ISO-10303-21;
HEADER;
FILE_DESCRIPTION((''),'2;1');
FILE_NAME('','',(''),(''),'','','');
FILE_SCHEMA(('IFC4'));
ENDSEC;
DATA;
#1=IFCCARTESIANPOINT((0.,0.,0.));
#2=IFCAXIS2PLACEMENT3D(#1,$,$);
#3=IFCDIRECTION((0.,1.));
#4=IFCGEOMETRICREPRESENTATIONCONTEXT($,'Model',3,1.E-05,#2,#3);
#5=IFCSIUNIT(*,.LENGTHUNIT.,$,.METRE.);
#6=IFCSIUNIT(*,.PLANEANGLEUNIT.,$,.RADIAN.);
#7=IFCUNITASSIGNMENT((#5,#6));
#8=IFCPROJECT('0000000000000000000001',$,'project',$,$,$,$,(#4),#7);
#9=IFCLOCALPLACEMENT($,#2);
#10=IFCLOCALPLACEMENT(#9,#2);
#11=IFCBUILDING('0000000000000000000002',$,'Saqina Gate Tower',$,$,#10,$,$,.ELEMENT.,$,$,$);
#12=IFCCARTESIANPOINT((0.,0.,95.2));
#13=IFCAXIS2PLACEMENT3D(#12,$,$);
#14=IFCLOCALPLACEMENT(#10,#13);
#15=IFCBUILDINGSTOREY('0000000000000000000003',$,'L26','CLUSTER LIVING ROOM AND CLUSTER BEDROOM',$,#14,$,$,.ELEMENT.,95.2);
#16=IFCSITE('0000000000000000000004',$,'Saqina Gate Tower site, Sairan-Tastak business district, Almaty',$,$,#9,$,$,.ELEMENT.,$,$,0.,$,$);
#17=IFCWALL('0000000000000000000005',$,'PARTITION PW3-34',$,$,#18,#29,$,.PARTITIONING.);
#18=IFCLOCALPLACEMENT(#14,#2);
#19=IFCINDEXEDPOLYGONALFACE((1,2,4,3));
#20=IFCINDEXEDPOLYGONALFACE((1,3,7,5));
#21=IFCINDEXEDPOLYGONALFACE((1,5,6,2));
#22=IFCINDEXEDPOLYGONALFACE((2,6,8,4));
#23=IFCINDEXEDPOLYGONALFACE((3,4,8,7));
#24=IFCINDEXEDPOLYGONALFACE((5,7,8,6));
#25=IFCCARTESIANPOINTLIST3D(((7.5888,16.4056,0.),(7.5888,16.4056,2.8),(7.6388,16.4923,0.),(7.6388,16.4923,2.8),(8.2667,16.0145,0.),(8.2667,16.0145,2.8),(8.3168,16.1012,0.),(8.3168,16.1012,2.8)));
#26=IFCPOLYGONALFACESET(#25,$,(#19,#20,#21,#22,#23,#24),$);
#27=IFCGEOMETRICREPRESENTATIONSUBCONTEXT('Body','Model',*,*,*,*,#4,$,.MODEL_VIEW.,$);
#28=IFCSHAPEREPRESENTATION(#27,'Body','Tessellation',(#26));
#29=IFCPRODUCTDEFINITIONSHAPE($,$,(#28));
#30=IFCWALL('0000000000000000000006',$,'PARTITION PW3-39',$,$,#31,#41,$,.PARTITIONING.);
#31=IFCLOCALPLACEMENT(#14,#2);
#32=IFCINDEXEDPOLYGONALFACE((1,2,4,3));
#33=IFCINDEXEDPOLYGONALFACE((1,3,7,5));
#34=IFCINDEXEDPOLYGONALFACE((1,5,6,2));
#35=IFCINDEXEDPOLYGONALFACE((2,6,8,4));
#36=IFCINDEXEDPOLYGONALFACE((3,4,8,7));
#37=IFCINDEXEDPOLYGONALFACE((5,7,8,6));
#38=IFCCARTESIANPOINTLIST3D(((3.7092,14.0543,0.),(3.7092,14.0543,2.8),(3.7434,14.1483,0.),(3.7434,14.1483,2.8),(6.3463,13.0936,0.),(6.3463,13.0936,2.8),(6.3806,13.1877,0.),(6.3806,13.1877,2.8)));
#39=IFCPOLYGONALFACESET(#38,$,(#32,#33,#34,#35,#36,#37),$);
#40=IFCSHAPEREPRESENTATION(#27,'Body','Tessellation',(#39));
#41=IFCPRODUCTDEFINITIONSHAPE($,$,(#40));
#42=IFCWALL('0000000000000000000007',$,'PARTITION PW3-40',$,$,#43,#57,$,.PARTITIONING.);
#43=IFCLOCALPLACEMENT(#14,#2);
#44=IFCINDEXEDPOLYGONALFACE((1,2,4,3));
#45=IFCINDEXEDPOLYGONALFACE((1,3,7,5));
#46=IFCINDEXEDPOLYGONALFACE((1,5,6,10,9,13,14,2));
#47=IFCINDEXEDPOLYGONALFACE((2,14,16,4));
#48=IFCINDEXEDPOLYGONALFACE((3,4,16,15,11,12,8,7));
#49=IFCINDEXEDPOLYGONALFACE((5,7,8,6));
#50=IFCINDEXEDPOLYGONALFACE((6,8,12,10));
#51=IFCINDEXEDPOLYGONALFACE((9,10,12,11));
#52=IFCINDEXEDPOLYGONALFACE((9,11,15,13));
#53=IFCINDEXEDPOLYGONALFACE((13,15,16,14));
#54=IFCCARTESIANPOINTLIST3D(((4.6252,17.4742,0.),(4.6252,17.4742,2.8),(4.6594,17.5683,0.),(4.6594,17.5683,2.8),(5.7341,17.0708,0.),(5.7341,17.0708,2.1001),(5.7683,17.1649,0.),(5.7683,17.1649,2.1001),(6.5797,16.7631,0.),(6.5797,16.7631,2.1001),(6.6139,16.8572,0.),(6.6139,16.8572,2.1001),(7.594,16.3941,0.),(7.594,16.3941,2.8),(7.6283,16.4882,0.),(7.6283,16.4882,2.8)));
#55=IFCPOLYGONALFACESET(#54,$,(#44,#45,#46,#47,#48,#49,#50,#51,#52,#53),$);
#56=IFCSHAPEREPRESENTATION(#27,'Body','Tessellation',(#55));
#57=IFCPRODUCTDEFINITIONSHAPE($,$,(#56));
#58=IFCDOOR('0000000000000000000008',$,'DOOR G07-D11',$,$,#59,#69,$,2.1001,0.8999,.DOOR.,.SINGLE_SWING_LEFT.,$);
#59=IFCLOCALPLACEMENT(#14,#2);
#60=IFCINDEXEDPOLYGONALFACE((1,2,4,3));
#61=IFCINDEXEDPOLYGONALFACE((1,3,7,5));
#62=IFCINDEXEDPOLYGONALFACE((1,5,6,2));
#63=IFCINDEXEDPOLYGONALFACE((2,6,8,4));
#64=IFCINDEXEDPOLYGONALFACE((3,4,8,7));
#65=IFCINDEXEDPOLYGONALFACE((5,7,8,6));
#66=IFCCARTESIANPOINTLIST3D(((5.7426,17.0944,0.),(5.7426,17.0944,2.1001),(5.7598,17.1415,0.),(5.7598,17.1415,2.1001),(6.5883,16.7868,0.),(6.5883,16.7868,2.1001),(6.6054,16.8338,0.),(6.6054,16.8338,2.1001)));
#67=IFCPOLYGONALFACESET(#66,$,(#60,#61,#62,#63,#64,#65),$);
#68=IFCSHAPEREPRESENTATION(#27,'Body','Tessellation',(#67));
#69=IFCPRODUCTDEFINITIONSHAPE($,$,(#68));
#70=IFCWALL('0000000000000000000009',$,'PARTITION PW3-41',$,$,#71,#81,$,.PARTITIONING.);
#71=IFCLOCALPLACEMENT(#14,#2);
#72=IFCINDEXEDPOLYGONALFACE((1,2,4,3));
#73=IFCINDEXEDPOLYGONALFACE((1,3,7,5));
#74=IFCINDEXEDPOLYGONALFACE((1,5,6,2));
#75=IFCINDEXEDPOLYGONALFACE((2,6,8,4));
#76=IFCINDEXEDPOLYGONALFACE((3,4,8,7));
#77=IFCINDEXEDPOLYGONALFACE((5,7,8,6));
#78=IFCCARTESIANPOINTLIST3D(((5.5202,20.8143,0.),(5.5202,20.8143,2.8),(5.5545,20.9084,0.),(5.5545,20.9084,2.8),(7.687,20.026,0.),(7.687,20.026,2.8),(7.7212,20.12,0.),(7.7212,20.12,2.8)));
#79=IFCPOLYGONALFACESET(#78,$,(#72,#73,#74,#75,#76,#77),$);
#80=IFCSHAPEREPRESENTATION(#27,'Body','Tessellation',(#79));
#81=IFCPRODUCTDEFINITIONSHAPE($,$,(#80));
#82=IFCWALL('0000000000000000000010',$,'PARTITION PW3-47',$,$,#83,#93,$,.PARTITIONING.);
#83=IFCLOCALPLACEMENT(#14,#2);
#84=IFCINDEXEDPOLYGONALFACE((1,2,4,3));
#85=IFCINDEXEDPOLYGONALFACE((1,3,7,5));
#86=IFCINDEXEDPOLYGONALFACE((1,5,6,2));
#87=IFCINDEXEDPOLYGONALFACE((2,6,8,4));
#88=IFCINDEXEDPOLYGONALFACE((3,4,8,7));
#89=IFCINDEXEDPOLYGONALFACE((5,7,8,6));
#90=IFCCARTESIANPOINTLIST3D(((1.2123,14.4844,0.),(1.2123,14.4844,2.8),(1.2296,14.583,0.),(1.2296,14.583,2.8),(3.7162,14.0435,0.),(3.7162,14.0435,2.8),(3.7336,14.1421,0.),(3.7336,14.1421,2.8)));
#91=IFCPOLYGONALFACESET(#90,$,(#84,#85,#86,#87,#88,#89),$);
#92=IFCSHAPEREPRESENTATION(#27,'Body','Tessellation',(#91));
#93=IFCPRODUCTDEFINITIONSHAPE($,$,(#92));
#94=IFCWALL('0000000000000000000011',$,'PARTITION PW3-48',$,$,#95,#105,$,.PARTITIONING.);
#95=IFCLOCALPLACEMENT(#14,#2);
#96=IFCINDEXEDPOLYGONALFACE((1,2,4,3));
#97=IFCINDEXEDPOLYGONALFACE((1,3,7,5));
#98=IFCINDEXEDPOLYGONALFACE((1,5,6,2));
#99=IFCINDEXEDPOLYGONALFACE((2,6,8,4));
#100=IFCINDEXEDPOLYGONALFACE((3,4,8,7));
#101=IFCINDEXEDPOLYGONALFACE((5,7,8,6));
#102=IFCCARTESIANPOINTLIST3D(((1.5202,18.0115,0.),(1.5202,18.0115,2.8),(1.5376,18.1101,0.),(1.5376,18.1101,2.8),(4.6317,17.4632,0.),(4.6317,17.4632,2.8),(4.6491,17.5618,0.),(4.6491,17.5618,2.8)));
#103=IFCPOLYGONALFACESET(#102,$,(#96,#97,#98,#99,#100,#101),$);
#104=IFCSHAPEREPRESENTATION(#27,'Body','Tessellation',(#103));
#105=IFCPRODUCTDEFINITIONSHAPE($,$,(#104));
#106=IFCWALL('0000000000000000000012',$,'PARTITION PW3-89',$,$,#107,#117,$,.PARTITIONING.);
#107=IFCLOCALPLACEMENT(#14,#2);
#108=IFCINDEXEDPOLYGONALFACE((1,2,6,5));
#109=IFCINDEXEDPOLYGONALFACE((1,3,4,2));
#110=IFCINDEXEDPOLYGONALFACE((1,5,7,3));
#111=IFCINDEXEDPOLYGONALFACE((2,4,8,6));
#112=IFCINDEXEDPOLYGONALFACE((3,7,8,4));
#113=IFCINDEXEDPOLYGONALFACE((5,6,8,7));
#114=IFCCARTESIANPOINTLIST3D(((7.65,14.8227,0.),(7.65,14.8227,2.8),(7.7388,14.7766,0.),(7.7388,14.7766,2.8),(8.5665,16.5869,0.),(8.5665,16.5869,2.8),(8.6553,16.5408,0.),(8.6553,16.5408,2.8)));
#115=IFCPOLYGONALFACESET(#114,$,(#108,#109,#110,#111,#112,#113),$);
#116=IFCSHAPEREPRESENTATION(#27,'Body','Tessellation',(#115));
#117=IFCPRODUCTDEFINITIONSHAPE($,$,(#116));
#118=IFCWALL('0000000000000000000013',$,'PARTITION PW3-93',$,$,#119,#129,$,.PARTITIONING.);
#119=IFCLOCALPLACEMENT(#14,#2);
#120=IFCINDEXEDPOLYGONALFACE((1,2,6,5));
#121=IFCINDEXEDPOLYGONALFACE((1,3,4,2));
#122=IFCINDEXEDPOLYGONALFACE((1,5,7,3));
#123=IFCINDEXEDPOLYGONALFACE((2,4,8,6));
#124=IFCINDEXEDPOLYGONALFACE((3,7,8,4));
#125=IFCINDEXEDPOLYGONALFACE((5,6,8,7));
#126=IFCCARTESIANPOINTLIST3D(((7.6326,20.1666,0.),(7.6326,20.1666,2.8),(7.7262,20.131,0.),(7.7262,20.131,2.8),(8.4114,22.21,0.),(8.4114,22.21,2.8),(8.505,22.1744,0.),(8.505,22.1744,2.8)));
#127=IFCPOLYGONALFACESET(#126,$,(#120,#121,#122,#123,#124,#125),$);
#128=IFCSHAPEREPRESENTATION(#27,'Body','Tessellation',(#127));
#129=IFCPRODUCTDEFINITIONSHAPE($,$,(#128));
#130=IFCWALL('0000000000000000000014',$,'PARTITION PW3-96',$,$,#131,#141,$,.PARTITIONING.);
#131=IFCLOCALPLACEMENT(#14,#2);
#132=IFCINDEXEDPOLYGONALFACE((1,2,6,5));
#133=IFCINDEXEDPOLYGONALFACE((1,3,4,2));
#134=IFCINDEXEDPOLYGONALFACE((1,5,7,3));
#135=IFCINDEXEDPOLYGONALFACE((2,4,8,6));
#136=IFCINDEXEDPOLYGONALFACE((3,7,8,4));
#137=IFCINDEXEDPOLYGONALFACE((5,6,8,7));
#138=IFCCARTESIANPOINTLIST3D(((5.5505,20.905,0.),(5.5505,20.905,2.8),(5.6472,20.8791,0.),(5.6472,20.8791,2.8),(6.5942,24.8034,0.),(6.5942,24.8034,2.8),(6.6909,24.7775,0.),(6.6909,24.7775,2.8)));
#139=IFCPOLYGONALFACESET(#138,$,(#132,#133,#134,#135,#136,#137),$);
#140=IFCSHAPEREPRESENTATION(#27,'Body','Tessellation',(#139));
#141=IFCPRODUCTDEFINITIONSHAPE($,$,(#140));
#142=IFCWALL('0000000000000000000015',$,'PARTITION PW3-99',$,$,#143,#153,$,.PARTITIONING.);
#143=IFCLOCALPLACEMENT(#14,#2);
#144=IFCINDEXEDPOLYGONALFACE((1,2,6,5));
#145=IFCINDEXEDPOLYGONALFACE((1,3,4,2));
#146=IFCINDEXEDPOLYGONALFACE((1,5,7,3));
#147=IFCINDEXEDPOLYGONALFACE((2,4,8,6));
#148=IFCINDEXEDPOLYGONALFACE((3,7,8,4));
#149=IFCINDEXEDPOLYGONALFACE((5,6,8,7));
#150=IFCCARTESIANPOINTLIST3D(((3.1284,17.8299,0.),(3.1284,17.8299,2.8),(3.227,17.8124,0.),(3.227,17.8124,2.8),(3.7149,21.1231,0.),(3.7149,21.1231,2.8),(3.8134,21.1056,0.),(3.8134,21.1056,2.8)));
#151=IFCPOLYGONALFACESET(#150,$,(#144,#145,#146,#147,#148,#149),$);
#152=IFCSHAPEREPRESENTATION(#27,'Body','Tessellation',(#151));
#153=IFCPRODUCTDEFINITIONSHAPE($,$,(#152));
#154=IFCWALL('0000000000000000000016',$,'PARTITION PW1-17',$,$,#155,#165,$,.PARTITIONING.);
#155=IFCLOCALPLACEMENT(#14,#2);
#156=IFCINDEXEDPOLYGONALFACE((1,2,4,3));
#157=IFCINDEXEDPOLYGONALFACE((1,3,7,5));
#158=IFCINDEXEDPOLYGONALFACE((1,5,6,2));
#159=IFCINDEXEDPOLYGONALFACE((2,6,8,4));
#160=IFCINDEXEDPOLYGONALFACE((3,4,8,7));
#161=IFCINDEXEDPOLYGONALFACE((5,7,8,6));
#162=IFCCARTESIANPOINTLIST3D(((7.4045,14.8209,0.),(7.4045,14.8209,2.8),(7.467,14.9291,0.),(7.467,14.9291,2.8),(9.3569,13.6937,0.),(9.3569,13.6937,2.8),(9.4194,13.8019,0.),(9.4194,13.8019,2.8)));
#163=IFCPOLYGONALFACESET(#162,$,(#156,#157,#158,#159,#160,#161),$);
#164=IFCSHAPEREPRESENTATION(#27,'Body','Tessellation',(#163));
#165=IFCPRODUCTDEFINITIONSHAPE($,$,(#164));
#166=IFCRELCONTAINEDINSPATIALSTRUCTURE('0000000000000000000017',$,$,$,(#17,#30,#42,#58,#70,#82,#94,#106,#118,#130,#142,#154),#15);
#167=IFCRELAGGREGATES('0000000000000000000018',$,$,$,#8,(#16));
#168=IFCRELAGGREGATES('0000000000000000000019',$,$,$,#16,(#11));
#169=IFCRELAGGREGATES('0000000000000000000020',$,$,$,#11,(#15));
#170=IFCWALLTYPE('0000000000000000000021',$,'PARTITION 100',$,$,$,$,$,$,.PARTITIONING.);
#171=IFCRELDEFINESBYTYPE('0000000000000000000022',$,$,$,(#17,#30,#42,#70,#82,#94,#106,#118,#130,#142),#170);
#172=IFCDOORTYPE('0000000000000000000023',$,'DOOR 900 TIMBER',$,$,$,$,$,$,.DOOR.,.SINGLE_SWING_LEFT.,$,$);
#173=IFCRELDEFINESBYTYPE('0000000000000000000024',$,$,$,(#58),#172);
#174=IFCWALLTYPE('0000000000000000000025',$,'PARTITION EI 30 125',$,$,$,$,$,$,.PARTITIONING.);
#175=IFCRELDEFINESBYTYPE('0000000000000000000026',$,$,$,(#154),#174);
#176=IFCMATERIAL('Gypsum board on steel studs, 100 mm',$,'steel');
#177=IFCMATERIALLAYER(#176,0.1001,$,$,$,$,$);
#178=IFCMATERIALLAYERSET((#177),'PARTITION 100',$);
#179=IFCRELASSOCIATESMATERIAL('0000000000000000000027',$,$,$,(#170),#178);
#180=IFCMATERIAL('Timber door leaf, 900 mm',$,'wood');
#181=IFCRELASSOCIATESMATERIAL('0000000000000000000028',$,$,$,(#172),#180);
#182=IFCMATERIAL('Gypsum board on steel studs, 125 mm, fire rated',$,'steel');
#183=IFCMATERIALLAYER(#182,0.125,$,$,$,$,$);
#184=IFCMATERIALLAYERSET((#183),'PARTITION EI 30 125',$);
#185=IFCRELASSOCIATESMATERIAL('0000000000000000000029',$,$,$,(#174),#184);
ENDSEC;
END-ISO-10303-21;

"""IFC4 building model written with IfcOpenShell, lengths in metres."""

from ifc_helpers import new_model, si_unit, direction, frame, frame_2d, origin, place, context, subcontext, project, spatial, rectangle, extrude, material, layer, layer_set, type_object, element, fill, save


model = new_model("IFC4")

# Units and contexts
model_context = context("Model", 3, precision=1e-05, world=origin(), true_north=direction((0.0, 1.0)))
body_context = subcontext(model_context, "Body", "Model", "MODEL_VIEW")
ifc_project = project(units=[si_unit("LENGTHUNIT", "METRE"), si_unit("PLANEANGLEUNIT", "RADIAN")], contexts=[model_context])

# Site, building, storey
site_placement = place(None, origin())
site = spatial("IfcSite", under=ifc_project, at=site_placement, Name="Saqina Gate Tower site, Sairan-Tastak business district, Almaty", CompositionType="ELEMENT", RefElevation=0.0)
building_placement = place(site_placement, origin())
building = spatial("IfcBuilding", under=site, at=building_placement, Name="Saqina Gate Tower", CompositionType="ELEMENT")
storey_placement = place(building_placement, frame((0.0, 0.0, 95.2)))
storey = spatial("IfcBuildingStorey", under=building, at=storey_placement, Name="L26", Description="CLUSTER LIVING ROOM AND CLUSTER BEDROOM", CompositionType="ELEMENT", Elevation=95.2)

# Walls
ifc_material_1 = material(Name="Gypsum board on steel studs, 100 mm", Category="steel")
ifc_layer_1 = layer(ifc_material_1, 0.1001)
ifc_layer_set_1 = layer_set([ifc_layer_1], Name="PARTITION 100")
wall_type_1 = type_object("IfcWallType", Name="PARTITION 100", PredefinedType="PARTITIONING", material=ifc_layer_set_1)
wall_1_placement = place(storey_placement, frame((7.6138, 16.449, 0.0), z_axis=(0.0, 0.0, 1.0), x_axis=(0.866201, -0.499695, 0.0)))
element("IfcWall", 1, at=wall_1_placement, inside=storey, type_object=wall_type_1, Name="PARTITION PW3-34", PredefinedType="PARTITIONING", context=body_context, shape_type="SweptSolid", body=[
    extrude(rectangle(XDim=0.7827, YDim=0.1001, at=frame_2d((0.3914, 0.0))), origin(), (0.0, 0.0, 1.0), 2.8),
])
wall_2_placement = place(storey_placement, frame((3.7263, 14.1013, 0.0), z_axis=(0.0, 0.0, 1.0), x_axis=(0.939598, -0.342281, 0.0)))
element("IfcWall", 2, at=wall_2_placement, inside=storey, type_object=wall_type_1, Name="PARTITION PW3-39", PredefinedType="PARTITIONING", context=body_context, shape_type="SweptSolid", body=[
    extrude(rectangle(XDim=2.8066, YDim=0.1001, at=frame_2d((1.4033, 0.0))), origin(), (0.0, 0.0, 1.0), 2.8),
])

# Wall, opening, door
wall_3_placement = place(storey_placement, frame((4.6423, 17.5212, 0.0), z_axis=(0.0, 0.0, 1.0), x_axis=(0.939739, -0.341892, 0.0)))
wall_3 = element("IfcWall", 3, at=wall_3_placement, inside=storey, type_object=wall_type_1, Name="PARTITION PW3-40", PredefinedType="PARTITIONING", context=body_context, shape_type="SweptSolid", body=[
    extrude(rectangle(XDim=3.1592, YDim=0.1001, at=frame_2d((1.5796, 0.0))), origin(), (0.0, 0.0, 1.0), 2.8),
])
opening_1_placement = place(wall_3_placement, frame((1.1799, 0.0, 0.0)))
opening_1 = element("IfcOpeningElement", 4, at=opening_1_placement, cuts=wall_3, PredefinedType="OPENING", context=body_context, shape_type="SweptSolid", body=[
    extrude(rectangle(XDim=0.8999, YDim=2.1001, at=frame_2d((0.45, 1.05))), frame((0.0, 0.062, 0.0), z_axis=(0.0, -1.0, 0.0), x_axis=(1.0, 0.0, 0.0)), (0.0, 0.0, 1.0), 0.124),
])
ifc_material_2 = material(Name="Timber door leaf, 900 mm", Category="wood")
door_type_1 = type_object("IfcDoorType", Name="DOOR 900 TIMBER", OperationType="SINGLE_SWING_LEFT", PredefinedType="DOOR", material=ifc_material_2)
door_1_placement = place(opening_1_placement, frame((0.8999, 0.0, 0.0), z_axis=(0.0, 0.0, 1.0), x_axis=(-1.0, 0.0, 0.0)))
door_1 = element("IfcDoor", 5, at=door_1_placement, inside=storey, type_object=door_type_1, Name="DOOR G07-D11", OperationType="SINGLE_SWING_LEFT", OverallHeight=2.1001, OverallWidth=0.8999, PredefinedType="DOOR", context=body_context, shape_type="SweptSolid", body=[
    extrude(rectangle(XDim=0.8999, YDim=2.1001, at=frame_2d((0.45, 1.05))), frame((0.0, 0.0249, 0.0), z_axis=(0.0, -1.0, 0.0), x_axis=(1.0, 0.0, 0.0)), (0.0, 0.0, 1.0), 0.05),
])
fill(opening_1, door_1)

# Walls
wall_4_placement = place(storey_placement, frame((5.5374, 20.8613, 0.0), z_axis=(0.0, 0.0, 1.0), x_axis=(0.939735, -0.341905, 0.0)))
element("IfcWall", 6, at=wall_4_placement, inside=storey, type_object=wall_type_1, Name="PARTITION PW3-41", PredefinedType="PARTITIONING", context=body_context, shape_type="SweptSolid", body=[
    extrude(rectangle(XDim=2.3057, YDim=0.1001, at=frame_2d((1.1528, 0.0))), origin(), (0.0, 0.0, 1.0), 2.8),
])
wall_5_placement = place(storey_placement, frame((1.2209, 14.5337, 0.0), z_axis=(0.0, 0.0, 1.0), x_axis=(0.984847, -0.173424, 0.0)))
element("IfcWall", 7, at=wall_5_placement, inside=storey, type_object=wall_type_1, Name="PARTITION PW3-47", PredefinedType="PARTITIONING", context=body_context, shape_type="SweptSolid", body=[
    extrude(rectangle(XDim=2.5425, YDim=0.1001, at=frame_2d((1.2712, 0.0))), origin(), (0.0, 0.0, 1.0), 2.8),
])
wall_6_placement = place(storey_placement, frame((1.5291, 18.0608, 0.0), z_axis=(0.0, 0.0, 1.0), x_axis=(0.984825, -0.173552, 0.0)))
element("IfcWall", 8, at=wall_6_placement, inside=storey, type_object=wall_type_1, Name="PARTITION PW3-48", PredefinedType="PARTITIONING", context=body_context, shape_type="SweptSolid", body=[
    extrude(rectangle(XDim=3.1594, YDim=0.1001, at=frame_2d((1.5796, 0.0))), origin(), (0.0, 0.0, 1.0), 2.8),
])
wall_7_placement = place(storey_placement, frame((7.6943, 14.7996, 0.0), z_axis=(0.0, 0.0, 1.0), x_axis=(0.461012, 0.887394, 0.0)))
element("IfcWall", 9, at=wall_7_placement, inside=storey, type_object=wall_type_1, Name="PARTITION PW3-89", PredefinedType="PARTITIONING", context=body_context, shape_type="SweptSolid", body=[
    extrude(rectangle(XDim=1.988, YDim=0.1001, at=frame_2d((0.9941, 0.0))), origin(), (0.0, 0.0, 1.0), 2.8),
])
wall_8_placement = place(storey_placement, frame((7.6794, 20.1489, 0.0), z_axis=(0.0, 0.0, 1.0), x_axis=(0.356135, 0.934435, 0.0)))
element("IfcWall", 10, at=wall_8_placement, inside=storey, type_object=wall_type_1, Name="PARTITION PW3-93", PredefinedType="PARTITIONING", context=body_context, shape_type="SweptSolid", body=[
    extrude(rectangle(XDim=2.1868, YDim=0.1001, at=frame_2d((1.0933, 0.0))), origin(), (0.0, 0.0, 1.0), 2.8),
])
wall_9_placement = place(storey_placement, frame((5.5989, 20.8921, 0.0), z_axis=(0.0, 0.0, 1.0), x_axis=(0.258615, 0.96598, 0.0)))
element("IfcWall", 11, at=wall_9_placement, inside=storey, type_object=wall_type_1, Name="PARTITION PW3-96", PredefinedType="PARTITIONING", context=body_context, shape_type="SweptSolid", body=[
    extrude(rectangle(XDim=4.0356, YDim=0.1001, at=frame_2d((2.0178, 0.0))), origin(), (0.0, 0.0, 1.0), 2.8),
])
wall_10_placement = place(storey_placement, frame((3.1777, 17.8213, 0.0), z_axis=(0.0, 0.0, 1.0), x_axis=(0.175313, 0.984513, 0.0)))
element("IfcWall", 12, at=wall_10_placement, inside=storey, type_object=wall_type_1, Name="PARTITION PW3-99", PredefinedType="PARTITIONING", context=body_context, shape_type="SweptSolid", body=[
    extrude(rectangle(XDim=3.345, YDim=0.1001, at=frame_2d((1.6724, 0.0))), origin(), (0.0, 0.0, 1.0), 2.8),
])
ifc_material_3 = material(Name="Gypsum board on steel studs, 125 mm, fire rated", Category="steel")
ifc_layer_2 = layer(ifc_material_3, 0.125)
ifc_layer_set_2 = layer_set([ifc_layer_2], Name="PARTITION EI 30 125")
wall_type_2 = type_object("IfcWallType", Name="PARTITION EI 30 125", PredefinedType="PARTITIONING", material=ifc_layer_set_2)
wall_11_placement = place(storey_placement, frame((7.4358, 14.875, 0.0), z_axis=(0.0, 0.0, 1.0), x_axis=(0.866029, -0.499994, 0.0)))
element("IfcWall", 13, at=wall_11_placement, inside=storey, type_object=wall_type_2, Name="PARTITION PW1-17", PredefinedType="PARTITIONING", context=body_context, shape_type="SweptSolid", body=[
    extrude(rectangle(XDim=2.2544, YDim=0.125, at=frame_2d((1.1272, 0.0))), origin(), (0.0, 0.0, 1.0), 2.8),
])

save(model, "model.ifc")
